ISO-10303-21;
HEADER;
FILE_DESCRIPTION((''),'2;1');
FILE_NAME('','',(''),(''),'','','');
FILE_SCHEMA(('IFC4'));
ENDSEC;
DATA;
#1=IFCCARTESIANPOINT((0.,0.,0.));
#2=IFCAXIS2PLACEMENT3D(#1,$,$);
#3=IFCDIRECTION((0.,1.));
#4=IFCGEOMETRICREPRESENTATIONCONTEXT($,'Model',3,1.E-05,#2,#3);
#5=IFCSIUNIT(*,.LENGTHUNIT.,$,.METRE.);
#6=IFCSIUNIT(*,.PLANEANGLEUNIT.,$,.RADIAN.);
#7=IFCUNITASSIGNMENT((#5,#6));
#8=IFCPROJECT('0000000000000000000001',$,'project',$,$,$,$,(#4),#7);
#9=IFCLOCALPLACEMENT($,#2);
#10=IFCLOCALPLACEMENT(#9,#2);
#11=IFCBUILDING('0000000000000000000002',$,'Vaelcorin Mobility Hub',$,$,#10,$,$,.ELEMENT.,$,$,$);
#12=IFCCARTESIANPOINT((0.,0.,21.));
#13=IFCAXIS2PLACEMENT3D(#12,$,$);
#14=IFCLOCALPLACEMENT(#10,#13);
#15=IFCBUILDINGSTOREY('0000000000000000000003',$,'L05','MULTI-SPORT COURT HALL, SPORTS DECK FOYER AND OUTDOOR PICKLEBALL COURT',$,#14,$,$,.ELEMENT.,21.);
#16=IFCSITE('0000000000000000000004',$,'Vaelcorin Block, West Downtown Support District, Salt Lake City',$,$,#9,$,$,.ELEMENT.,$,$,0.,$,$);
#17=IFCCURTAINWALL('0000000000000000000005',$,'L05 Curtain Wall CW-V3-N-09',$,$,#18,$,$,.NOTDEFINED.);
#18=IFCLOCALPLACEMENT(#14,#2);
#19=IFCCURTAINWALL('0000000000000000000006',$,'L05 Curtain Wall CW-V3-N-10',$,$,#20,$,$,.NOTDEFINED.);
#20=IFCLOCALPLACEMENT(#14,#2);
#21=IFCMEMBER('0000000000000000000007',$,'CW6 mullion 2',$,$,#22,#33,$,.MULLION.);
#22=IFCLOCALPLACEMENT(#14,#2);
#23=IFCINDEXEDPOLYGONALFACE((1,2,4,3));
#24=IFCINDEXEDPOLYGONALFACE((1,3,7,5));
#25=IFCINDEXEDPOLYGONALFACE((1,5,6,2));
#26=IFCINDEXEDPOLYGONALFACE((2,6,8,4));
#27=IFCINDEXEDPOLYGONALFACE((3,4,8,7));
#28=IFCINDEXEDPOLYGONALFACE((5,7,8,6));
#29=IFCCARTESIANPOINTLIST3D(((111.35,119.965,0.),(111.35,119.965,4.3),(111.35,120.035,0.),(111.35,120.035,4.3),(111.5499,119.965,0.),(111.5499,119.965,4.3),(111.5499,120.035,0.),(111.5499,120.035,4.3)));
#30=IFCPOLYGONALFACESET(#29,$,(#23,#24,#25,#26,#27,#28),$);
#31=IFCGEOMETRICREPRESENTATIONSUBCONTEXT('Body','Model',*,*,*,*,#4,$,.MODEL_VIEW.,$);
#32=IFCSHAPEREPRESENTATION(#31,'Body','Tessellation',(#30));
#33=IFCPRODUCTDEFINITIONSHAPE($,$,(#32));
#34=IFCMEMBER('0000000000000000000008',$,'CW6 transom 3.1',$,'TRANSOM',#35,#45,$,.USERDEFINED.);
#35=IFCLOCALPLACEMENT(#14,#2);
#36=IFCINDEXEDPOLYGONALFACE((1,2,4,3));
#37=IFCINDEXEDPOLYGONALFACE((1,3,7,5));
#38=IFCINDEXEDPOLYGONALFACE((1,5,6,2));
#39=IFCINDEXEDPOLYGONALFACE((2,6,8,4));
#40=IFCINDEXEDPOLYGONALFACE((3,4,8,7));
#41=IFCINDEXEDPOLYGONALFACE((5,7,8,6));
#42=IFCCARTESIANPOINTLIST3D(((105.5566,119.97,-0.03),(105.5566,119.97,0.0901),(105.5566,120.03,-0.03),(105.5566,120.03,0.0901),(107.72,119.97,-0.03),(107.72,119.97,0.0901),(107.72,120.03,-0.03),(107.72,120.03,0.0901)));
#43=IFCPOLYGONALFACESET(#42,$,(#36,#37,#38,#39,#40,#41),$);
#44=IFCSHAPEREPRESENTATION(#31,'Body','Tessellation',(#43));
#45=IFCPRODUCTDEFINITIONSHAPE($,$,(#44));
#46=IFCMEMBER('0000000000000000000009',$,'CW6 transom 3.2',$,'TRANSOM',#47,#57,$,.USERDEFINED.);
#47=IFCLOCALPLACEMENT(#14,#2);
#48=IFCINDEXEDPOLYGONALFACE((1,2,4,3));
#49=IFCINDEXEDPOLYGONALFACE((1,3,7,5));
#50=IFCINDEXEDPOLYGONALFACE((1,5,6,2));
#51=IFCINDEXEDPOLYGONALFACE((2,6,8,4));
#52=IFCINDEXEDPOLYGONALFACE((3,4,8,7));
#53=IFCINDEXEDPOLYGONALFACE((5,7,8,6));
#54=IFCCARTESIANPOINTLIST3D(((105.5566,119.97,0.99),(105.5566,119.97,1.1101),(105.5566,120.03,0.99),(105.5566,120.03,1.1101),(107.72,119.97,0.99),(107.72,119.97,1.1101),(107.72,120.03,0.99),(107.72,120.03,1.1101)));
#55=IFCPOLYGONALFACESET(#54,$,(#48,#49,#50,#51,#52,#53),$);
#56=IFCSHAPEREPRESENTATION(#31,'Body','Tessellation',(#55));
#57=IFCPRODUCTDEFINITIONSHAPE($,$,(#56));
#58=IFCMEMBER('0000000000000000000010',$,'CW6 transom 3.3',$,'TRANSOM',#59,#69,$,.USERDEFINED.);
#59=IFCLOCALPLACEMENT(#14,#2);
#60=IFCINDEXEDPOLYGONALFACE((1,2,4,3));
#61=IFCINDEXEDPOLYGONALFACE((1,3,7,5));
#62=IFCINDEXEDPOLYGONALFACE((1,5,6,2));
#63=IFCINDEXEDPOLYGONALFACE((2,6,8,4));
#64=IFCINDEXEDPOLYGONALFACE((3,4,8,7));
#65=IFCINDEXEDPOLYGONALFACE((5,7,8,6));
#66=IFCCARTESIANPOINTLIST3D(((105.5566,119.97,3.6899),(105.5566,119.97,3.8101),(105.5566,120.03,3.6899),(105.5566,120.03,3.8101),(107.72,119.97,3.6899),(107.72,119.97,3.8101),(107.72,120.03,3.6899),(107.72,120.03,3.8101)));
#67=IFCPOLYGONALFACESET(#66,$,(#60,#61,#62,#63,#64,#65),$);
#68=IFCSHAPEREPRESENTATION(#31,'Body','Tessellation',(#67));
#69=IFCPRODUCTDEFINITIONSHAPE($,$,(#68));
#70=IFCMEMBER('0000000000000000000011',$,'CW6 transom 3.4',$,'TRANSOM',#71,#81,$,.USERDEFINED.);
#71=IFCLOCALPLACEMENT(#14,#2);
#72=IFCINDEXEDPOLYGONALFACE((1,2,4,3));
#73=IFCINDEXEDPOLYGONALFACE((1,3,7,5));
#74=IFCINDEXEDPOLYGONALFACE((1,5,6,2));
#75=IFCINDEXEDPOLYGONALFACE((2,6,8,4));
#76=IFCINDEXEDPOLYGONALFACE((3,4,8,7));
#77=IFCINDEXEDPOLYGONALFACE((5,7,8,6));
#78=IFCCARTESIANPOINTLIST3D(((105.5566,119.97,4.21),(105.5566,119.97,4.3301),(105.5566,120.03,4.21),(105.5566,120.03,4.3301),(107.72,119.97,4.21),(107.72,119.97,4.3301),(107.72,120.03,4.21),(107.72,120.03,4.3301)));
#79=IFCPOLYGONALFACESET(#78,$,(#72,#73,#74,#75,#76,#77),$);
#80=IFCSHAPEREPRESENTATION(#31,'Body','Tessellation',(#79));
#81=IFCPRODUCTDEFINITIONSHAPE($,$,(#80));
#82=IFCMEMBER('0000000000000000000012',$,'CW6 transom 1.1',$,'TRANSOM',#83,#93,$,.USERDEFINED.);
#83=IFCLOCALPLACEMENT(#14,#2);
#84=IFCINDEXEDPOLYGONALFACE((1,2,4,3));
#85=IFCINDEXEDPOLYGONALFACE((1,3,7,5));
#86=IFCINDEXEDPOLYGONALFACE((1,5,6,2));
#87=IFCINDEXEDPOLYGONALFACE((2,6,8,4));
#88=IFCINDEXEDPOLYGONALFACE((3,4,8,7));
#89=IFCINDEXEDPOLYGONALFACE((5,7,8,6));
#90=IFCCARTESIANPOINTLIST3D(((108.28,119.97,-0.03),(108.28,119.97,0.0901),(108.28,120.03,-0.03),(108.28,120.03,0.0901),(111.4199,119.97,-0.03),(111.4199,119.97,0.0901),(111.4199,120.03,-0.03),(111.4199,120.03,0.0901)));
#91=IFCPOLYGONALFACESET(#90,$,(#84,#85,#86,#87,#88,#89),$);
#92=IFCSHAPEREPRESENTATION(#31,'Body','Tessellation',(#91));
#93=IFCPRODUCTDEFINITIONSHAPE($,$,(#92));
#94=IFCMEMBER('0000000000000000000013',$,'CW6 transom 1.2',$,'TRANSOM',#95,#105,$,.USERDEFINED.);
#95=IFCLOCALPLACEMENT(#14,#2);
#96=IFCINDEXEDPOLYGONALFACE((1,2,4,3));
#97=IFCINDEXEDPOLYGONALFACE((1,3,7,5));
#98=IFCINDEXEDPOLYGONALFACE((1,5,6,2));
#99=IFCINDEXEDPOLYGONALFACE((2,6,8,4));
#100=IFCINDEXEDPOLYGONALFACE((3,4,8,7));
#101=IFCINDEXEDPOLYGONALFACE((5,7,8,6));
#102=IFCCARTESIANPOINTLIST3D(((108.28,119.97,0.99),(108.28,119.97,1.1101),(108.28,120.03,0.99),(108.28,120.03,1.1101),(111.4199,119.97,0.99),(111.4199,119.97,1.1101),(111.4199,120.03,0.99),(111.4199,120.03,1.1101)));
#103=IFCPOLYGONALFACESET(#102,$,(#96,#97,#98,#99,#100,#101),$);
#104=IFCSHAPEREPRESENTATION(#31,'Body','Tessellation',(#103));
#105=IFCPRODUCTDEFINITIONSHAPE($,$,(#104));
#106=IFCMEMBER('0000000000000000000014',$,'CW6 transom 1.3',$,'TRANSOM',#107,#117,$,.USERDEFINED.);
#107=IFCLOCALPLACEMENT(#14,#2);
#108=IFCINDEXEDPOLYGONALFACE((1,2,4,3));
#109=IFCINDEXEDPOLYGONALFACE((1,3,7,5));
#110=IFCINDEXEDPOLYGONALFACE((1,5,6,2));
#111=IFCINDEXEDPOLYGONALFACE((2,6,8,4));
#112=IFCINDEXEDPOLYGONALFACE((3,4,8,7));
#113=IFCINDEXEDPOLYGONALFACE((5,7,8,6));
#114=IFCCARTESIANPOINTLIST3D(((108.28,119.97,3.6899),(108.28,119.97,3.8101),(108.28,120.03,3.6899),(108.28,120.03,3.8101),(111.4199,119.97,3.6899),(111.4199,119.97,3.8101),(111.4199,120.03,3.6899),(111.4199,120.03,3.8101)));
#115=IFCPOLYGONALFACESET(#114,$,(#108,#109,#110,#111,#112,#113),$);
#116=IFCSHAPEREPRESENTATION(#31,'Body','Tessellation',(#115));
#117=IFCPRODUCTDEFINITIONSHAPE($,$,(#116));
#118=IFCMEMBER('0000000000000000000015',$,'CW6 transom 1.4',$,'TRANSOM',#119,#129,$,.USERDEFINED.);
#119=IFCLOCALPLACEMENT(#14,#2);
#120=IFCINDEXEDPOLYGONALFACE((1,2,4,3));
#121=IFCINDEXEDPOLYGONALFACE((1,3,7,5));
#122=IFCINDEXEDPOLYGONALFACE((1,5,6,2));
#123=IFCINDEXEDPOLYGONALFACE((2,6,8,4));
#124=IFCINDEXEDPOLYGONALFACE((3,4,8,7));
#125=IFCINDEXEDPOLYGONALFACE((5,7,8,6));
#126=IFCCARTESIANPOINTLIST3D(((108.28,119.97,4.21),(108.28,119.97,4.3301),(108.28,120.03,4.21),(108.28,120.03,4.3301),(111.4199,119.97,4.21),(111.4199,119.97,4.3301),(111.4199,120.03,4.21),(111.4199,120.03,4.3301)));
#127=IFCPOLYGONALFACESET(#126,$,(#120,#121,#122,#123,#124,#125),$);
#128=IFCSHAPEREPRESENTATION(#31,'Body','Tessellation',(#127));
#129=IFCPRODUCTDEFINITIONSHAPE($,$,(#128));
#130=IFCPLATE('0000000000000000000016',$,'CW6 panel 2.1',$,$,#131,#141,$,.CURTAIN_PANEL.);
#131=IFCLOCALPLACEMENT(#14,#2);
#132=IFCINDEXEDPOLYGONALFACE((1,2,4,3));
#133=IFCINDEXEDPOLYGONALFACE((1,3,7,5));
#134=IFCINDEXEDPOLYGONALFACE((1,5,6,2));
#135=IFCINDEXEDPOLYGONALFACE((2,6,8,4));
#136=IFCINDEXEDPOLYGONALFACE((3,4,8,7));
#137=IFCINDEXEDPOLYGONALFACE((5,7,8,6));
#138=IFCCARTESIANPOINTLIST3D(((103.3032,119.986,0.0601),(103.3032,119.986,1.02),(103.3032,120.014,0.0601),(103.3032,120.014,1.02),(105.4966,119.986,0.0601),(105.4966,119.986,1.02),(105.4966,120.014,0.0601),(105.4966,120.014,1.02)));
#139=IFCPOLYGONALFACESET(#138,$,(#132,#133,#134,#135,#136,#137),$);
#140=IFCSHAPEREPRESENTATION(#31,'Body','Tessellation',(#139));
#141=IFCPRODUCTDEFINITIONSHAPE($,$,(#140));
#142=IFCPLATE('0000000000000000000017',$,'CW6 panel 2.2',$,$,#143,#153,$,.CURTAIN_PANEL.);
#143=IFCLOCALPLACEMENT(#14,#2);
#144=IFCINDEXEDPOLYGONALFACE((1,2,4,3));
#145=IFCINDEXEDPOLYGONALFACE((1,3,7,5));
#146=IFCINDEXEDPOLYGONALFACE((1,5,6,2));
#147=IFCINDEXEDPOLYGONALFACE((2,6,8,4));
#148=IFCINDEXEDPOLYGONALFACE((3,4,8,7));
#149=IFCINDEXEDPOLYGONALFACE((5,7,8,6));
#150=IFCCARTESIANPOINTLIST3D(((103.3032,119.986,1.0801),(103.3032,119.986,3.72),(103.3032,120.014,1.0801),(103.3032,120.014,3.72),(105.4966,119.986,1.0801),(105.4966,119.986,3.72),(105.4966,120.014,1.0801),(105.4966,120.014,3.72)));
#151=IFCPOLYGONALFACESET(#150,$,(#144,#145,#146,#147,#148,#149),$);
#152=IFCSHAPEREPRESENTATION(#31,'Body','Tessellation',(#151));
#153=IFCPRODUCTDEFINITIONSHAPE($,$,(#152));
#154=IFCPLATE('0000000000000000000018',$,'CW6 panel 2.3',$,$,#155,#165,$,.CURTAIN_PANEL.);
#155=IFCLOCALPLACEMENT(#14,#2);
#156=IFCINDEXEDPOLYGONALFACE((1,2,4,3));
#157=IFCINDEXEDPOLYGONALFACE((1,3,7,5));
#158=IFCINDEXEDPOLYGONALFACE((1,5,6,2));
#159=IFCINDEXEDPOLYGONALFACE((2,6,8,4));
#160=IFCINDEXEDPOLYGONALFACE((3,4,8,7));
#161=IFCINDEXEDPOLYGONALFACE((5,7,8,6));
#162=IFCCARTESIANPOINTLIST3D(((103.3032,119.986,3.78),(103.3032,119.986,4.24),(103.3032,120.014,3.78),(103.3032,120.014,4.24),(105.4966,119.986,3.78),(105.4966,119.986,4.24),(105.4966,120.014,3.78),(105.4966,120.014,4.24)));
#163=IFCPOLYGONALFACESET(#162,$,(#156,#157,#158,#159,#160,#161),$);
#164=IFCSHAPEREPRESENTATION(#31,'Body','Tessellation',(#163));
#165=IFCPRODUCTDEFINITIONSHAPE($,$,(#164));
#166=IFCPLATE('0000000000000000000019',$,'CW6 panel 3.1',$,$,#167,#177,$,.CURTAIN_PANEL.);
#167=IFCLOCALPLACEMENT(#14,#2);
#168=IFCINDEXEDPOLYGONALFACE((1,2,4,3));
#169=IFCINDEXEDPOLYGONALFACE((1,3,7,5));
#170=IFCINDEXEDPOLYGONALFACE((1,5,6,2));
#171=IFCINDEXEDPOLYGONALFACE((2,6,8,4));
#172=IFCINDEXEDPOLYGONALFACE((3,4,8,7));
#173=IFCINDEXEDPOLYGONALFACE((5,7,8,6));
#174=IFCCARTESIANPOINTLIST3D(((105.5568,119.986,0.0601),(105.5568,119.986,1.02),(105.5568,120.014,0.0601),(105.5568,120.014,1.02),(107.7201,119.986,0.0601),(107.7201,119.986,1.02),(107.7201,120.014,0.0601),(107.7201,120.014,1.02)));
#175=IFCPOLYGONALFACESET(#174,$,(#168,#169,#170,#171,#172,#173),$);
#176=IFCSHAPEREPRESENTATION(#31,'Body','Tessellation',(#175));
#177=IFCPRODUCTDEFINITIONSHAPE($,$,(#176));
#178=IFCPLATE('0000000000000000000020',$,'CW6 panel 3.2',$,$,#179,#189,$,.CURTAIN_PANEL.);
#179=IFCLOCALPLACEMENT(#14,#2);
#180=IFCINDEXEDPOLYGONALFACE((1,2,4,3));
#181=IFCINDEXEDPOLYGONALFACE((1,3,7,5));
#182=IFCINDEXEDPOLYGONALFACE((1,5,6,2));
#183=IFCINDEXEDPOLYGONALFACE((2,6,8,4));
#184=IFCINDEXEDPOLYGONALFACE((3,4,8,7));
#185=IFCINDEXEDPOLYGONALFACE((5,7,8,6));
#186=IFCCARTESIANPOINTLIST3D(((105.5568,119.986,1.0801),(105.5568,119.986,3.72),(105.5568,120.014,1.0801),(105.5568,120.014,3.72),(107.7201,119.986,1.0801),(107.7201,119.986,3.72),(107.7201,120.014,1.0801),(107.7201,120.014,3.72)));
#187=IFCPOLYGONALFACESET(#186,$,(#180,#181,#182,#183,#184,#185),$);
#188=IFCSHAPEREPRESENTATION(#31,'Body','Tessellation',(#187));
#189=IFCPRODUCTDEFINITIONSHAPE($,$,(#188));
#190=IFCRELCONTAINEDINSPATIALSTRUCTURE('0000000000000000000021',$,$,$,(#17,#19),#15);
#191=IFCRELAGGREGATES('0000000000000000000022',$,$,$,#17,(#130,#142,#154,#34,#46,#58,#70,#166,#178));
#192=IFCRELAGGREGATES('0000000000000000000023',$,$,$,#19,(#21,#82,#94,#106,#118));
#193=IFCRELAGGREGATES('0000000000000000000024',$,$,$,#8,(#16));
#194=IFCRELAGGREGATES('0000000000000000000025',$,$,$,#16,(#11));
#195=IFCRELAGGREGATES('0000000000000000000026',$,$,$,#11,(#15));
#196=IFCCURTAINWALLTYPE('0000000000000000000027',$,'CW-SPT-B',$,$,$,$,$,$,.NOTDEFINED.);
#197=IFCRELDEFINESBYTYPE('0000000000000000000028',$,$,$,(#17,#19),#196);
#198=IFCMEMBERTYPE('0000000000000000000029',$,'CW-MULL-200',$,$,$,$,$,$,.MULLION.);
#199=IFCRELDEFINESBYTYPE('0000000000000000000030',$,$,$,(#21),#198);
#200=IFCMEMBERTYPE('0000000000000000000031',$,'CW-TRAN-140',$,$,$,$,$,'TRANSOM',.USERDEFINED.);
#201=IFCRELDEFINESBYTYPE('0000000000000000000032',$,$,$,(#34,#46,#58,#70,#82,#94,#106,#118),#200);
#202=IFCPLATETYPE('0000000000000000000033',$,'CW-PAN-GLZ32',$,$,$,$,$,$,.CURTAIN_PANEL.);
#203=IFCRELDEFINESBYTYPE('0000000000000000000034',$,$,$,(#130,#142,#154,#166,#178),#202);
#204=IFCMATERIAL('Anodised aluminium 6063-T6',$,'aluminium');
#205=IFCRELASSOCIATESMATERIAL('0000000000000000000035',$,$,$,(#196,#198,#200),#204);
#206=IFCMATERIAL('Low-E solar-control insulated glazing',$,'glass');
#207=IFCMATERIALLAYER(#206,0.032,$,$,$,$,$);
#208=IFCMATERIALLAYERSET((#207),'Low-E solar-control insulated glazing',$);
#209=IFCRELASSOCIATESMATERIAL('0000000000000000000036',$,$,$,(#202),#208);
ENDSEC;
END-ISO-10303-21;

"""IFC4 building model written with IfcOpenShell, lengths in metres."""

from ifc_helpers import new_model, si_unit, direction, frame, origin, origin_2d, place, context, subcontext, project, spatial, rectangle, extrude, material, layer, layer_set, material_profile, profile_set, type_object, element, aggregate, save


model = new_model("IFC4")

# Units and contexts
model_context = context("Model", 3, precision=1e-05, world=origin(), true_north=direction((0.0, 1.0)))
body_context = subcontext(model_context, "Body", "Model", "MODEL_VIEW")
ifc_project = project(units=[si_unit("LENGTHUNIT", "METRE"), si_unit("PLANEANGLEUNIT", "RADIAN")], contexts=[model_context])

# Site, building, storey
site_placement = place(None, origin())
site = spatial("IfcSite", under=ifc_project, at=site_placement, Name="Vaelcorin Block, West Downtown Support District, Salt Lake City", CompositionType="ELEMENT", RefElevation=0.0)
building_placement = place(site_placement, origin())
building = spatial("IfcBuilding", under=site, at=building_placement, Name="Vaelcorin Mobility Hub", CompositionType="ELEMENT")
storey_placement = place(building_placement, frame((0.0, 0.0, 21.0)))
storey = spatial("IfcBuildingStorey", under=building, at=storey_placement, Name="L05", Description="MULTI-SPORT COURT HALL, SPORTS DECK FOYER AND OUTDOOR PICKLEBALL COURT", CompositionType="ELEMENT", Elevation=21.0)

# Curtain walls, member
ifc_material_1 = material(Name="Anodised aluminium 6063-T6", Category="aluminium")
curtain_wall_type = type_object("IfcCurtainWallType", Name="CW-SPT-B", PredefinedType="NOTDEFINED", material=ifc_material_1)
curtain_wall_1_placement = place(storey_placement, origin())
curtain_wall_1 = element("IfcCurtainWall", 1, at=curtain_wall_1_placement, inside=storey, type_object=curtain_wall_type, Name="L05 Curtain Wall CW-V3-N-09", PredefinedType="NOTDEFINED")
ifc_material_profile_1 = material_profile(ifc_material_1, rectangle(XDim=0.0701, YDim=0.2, at=origin_2d()), Name="ALU-M70X200")
ifc_profile_set_1 = profile_set([ifc_material_profile_1], Name="Anodised aluminium 6063-T6")
member_type_1 = type_object("IfcMemberType", Name="CW-MULL-200", PredefinedType="MULLION", material=ifc_profile_set_1)
curtain_wall_2_placement = place(storey_placement, origin())
curtain_wall_2 = element("IfcCurtainWall", 2, at=curtain_wall_2_placement, inside=storey, type_object=curtain_wall_type, Name="L05 Curtain Wall CW-V3-N-10", PredefinedType="NOTDEFINED")
member_1_placement = place(storey_placement, frame((111.45, 120.0, 0.0), z_axis=(0.0, 0.0, 1.0), x_axis=(0.0, 1.0, 0.0)))
member_1 = element("IfcMember", 3, at=member_1_placement, type_object=member_type_1, Name="CW6 mullion 2", PredefinedType="MULLION", context=body_context, shape_type="SweptSolid", body=[
    extrude(rectangle(XDim=0.0701, YDim=0.2, at=origin_2d()), origin(), (0.0, 0.0, 1.0), 4.3),
])

# Members
ifc_material_profile_2 = material_profile(ifc_material_1, rectangle(XDim=0.0601, YDim=0.1201, at=origin_2d()), Name="ALU-T60X120")
ifc_profile_set_2 = profile_set([ifc_material_profile_2], Name="Anodised aluminium 6063-T6")
member_type_2 = type_object("IfcMemberType", Name="CW-TRAN-140", ElementType="TRANSOM", PredefinedType="USERDEFINED", material=ifc_profile_set_2)
member_2_placement = place(storey_placement, frame((105.5566, 120.0, 0.03), z_axis=(1.0, 0.0, 0.0), x_axis=(0.0, 1.0, 0.0)))
member_2 = element("IfcMember", 4, at=member_2_placement, type_object=member_type_2, Name="CW6 transom 3.1", ObjectType="TRANSOM", PredefinedType="USERDEFINED", context=body_context, shape_type="SweptSolid", body=[
    extrude(rectangle(XDim=0.0601, YDim=0.1201, at=origin_2d()), origin(), (0.0, 0.0, 1.0), 2.1633),
])
member_3_placement = place(storey_placement, frame((105.5566, 120.0, 1.05), z_axis=(1.0, 0.0, 0.0), x_axis=(0.0, 1.0, 0.0)))
member_3 = element("IfcMember", 5, at=member_3_placement, type_object=member_type_2, Name="CW6 transom 3.2", ObjectType="TRANSOM", PredefinedType="USERDEFINED", context=body_context, shape_type="SweptSolid", body=[
    extrude(rectangle(XDim=0.0601, YDim=0.1201, at=origin_2d()), origin(), (0.0, 0.0, 1.0), 2.1633),
])
member_4_placement = place(storey_placement, frame((105.5566, 120.0, 3.75), z_axis=(1.0, 0.0, 0.0), x_axis=(0.0, 1.0, 0.0)))
member_4 = element("IfcMember", 6, at=member_4_placement, type_object=member_type_2, Name="CW6 transom 3.3", ObjectType="TRANSOM", PredefinedType="USERDEFINED", context=body_context, shape_type="SweptSolid", body=[
    extrude(rectangle(XDim=0.0601, YDim=0.1201, at=origin_2d()), origin(), (0.0, 0.0, 1.0), 2.1633),
])
member_5_placement = place(storey_placement, frame((105.5566, 120.0, 4.27), z_axis=(1.0, 0.0, 0.0), x_axis=(0.0, 1.0, 0.0)))
member_5 = element("IfcMember", 7, at=member_5_placement, type_object=member_type_2, Name="CW6 transom 3.4", ObjectType="TRANSOM", PredefinedType="USERDEFINED", context=body_context, shape_type="SweptSolid", body=[
    extrude(rectangle(XDim=0.0601, YDim=0.1201, at=origin_2d()), origin(), (0.0, 0.0, 1.0), 2.1633),
])
member_6_placement = place(storey_placement, frame((108.28, 120.0, 0.03), z_axis=(1.0, 0.0, 0.0), x_axis=(0.0, 1.0, 0.0)))
member_6 = element("IfcMember", 8, at=member_6_placement, type_object=member_type_2, Name="CW6 transom 1.1", ObjectType="TRANSOM", PredefinedType="USERDEFINED", context=body_context, shape_type="SweptSolid", body=[
    extrude(rectangle(XDim=0.0601, YDim=0.1201, at=origin_2d()), origin(), (0.0, 0.0, 1.0), 3.1399),
])
member_7_placement = place(storey_placement, frame((108.28, 120.0, 1.05), z_axis=(1.0, 0.0, 0.0), x_axis=(0.0, 1.0, 0.0)))
member_7 = element("IfcMember", 9, at=member_7_placement, type_object=member_type_2, Name="CW6 transom 1.2", ObjectType="TRANSOM", PredefinedType="USERDEFINED", context=body_context, shape_type="SweptSolid", body=[
    extrude(rectangle(XDim=0.0601, YDim=0.1201, at=origin_2d()), origin(), (0.0, 0.0, 1.0), 3.1399),
])
member_8_placement = place(storey_placement, frame((108.28, 120.0, 3.75), z_axis=(1.0, 0.0, 0.0), x_axis=(0.0, 1.0, 0.0)))
member_8 = element("IfcMember", 10, at=member_8_placement, type_object=member_type_2, Name="CW6 transom 1.3", ObjectType="TRANSOM", PredefinedType="USERDEFINED", context=body_context, shape_type="SweptSolid", body=[
    extrude(rectangle(XDim=0.0601, YDim=0.1201, at=origin_2d()), origin(), (0.0, 0.0, 1.0), 3.1399),
])
member_9_placement = place(storey_placement, frame((108.28, 120.0, 4.27), z_axis=(1.0, 0.0, 0.0), x_axis=(0.0, 1.0, 0.0)))
member_9 = element("IfcMember", 11, at=member_9_placement, type_object=member_type_2, Name="CW6 transom 1.4", ObjectType="TRANSOM", PredefinedType="USERDEFINED", context=body_context, shape_type="SweptSolid", body=[
    extrude(rectangle(XDim=0.0601, YDim=0.1201, at=origin_2d()), origin(), (0.0, 0.0, 1.0), 3.1399),
])

# Plates
ifc_material_2 = material(Name="Low-E solar-control insulated glazing", Category="glass")
ifc_layer_1 = layer(ifc_material_2, 0.032)
ifc_layer_set_1 = layer_set([ifc_layer_1], Name="Low-E solar-control insulated glazing")
plate_type = type_object("IfcPlateType", Name="CW-PAN-GLZ32", PredefinedType="CURTAIN_PANEL", material=ifc_layer_set_1)
plate_1_placement = place(storey_placement, frame((104.3999, 120.0, 0.0601), z_axis=(0.0, 0.0, 1.0), x_axis=(1.0, 0.0, 0.0)))
plate_1 = element("IfcPlate", 12, at=plate_1_placement, type_object=plate_type, Name="CW6 panel 2.1", PredefinedType="CURTAIN_PANEL", context=body_context, shape_type="SweptSolid", body=[
    extrude(rectangle(XDim=2.1934, YDim=0.0281, at=origin_2d()), origin(), (0.0, 0.0, 1.0), 0.96),
])
plate_2_placement = place(storey_placement, frame((104.3999, 120.0, 1.0801), z_axis=(0.0, 0.0, 1.0), x_axis=(1.0, 0.0, 0.0)))
plate_2 = element("IfcPlate", 13, at=plate_2_placement, type_object=plate_type, Name="CW6 panel 2.2", PredefinedType="CURTAIN_PANEL", context=body_context, shape_type="SweptSolid", body=[
    extrude(rectangle(XDim=2.1934, YDim=0.0281, at=origin_2d()), origin(), (0.0, 0.0, 1.0), 2.6399),
])
plate_3_placement = place(storey_placement, frame((104.3999, 120.0, 3.78), z_axis=(0.0, 0.0, 1.0), x_axis=(1.0, 0.0, 0.0)))
plate_3 = element("IfcPlate", 14, at=plate_3_placement, type_object=plate_type, Name="CW6 panel 2.3", PredefinedType="CURTAIN_PANEL", context=body_context, shape_type="SweptSolid", body=[
    extrude(rectangle(XDim=2.1934, YDim=0.0281, at=origin_2d()), origin(), (0.0, 0.0, 1.0), 0.46),
])
plate_4_placement = place(storey_placement, frame((106.6384, 120.0, 0.0601), z_axis=(0.0, 0.0, 1.0), x_axis=(1.0, 0.0, 0.0)))
plate_4 = element("IfcPlate", 15, at=plate_4_placement, type_object=plate_type, Name="CW6 panel 3.1", PredefinedType="CURTAIN_PANEL", context=body_context, shape_type="SweptSolid", body=[
    extrude(rectangle(XDim=2.1633, YDim=0.0281, at=origin_2d()), origin(), (0.0, 0.0, 1.0), 0.96),
])
plate_5_placement = place(storey_placement, frame((106.6384, 120.0, 1.0801), z_axis=(0.0, 0.0, 1.0), x_axis=(1.0, 0.0, 0.0)))
plate_5 = element("IfcPlate", 16, at=plate_5_placement, type_object=plate_type, Name="CW6 panel 3.2", PredefinedType="CURTAIN_PANEL", context=body_context, shape_type="SweptSolid", body=[
    extrude(rectangle(XDim=2.1633, YDim=0.0281, at=origin_2d()), origin(), (0.0, 0.0, 1.0), 2.6399),
])
aggregate(curtain_wall_1, [plate_1, plate_2, plate_3, member_2, member_3, member_4, member_5, plate_4, plate_5])
aggregate(curtain_wall_2, [member_1, member_6, member_7, member_8, member_9])

save(model, "model.ifc")
